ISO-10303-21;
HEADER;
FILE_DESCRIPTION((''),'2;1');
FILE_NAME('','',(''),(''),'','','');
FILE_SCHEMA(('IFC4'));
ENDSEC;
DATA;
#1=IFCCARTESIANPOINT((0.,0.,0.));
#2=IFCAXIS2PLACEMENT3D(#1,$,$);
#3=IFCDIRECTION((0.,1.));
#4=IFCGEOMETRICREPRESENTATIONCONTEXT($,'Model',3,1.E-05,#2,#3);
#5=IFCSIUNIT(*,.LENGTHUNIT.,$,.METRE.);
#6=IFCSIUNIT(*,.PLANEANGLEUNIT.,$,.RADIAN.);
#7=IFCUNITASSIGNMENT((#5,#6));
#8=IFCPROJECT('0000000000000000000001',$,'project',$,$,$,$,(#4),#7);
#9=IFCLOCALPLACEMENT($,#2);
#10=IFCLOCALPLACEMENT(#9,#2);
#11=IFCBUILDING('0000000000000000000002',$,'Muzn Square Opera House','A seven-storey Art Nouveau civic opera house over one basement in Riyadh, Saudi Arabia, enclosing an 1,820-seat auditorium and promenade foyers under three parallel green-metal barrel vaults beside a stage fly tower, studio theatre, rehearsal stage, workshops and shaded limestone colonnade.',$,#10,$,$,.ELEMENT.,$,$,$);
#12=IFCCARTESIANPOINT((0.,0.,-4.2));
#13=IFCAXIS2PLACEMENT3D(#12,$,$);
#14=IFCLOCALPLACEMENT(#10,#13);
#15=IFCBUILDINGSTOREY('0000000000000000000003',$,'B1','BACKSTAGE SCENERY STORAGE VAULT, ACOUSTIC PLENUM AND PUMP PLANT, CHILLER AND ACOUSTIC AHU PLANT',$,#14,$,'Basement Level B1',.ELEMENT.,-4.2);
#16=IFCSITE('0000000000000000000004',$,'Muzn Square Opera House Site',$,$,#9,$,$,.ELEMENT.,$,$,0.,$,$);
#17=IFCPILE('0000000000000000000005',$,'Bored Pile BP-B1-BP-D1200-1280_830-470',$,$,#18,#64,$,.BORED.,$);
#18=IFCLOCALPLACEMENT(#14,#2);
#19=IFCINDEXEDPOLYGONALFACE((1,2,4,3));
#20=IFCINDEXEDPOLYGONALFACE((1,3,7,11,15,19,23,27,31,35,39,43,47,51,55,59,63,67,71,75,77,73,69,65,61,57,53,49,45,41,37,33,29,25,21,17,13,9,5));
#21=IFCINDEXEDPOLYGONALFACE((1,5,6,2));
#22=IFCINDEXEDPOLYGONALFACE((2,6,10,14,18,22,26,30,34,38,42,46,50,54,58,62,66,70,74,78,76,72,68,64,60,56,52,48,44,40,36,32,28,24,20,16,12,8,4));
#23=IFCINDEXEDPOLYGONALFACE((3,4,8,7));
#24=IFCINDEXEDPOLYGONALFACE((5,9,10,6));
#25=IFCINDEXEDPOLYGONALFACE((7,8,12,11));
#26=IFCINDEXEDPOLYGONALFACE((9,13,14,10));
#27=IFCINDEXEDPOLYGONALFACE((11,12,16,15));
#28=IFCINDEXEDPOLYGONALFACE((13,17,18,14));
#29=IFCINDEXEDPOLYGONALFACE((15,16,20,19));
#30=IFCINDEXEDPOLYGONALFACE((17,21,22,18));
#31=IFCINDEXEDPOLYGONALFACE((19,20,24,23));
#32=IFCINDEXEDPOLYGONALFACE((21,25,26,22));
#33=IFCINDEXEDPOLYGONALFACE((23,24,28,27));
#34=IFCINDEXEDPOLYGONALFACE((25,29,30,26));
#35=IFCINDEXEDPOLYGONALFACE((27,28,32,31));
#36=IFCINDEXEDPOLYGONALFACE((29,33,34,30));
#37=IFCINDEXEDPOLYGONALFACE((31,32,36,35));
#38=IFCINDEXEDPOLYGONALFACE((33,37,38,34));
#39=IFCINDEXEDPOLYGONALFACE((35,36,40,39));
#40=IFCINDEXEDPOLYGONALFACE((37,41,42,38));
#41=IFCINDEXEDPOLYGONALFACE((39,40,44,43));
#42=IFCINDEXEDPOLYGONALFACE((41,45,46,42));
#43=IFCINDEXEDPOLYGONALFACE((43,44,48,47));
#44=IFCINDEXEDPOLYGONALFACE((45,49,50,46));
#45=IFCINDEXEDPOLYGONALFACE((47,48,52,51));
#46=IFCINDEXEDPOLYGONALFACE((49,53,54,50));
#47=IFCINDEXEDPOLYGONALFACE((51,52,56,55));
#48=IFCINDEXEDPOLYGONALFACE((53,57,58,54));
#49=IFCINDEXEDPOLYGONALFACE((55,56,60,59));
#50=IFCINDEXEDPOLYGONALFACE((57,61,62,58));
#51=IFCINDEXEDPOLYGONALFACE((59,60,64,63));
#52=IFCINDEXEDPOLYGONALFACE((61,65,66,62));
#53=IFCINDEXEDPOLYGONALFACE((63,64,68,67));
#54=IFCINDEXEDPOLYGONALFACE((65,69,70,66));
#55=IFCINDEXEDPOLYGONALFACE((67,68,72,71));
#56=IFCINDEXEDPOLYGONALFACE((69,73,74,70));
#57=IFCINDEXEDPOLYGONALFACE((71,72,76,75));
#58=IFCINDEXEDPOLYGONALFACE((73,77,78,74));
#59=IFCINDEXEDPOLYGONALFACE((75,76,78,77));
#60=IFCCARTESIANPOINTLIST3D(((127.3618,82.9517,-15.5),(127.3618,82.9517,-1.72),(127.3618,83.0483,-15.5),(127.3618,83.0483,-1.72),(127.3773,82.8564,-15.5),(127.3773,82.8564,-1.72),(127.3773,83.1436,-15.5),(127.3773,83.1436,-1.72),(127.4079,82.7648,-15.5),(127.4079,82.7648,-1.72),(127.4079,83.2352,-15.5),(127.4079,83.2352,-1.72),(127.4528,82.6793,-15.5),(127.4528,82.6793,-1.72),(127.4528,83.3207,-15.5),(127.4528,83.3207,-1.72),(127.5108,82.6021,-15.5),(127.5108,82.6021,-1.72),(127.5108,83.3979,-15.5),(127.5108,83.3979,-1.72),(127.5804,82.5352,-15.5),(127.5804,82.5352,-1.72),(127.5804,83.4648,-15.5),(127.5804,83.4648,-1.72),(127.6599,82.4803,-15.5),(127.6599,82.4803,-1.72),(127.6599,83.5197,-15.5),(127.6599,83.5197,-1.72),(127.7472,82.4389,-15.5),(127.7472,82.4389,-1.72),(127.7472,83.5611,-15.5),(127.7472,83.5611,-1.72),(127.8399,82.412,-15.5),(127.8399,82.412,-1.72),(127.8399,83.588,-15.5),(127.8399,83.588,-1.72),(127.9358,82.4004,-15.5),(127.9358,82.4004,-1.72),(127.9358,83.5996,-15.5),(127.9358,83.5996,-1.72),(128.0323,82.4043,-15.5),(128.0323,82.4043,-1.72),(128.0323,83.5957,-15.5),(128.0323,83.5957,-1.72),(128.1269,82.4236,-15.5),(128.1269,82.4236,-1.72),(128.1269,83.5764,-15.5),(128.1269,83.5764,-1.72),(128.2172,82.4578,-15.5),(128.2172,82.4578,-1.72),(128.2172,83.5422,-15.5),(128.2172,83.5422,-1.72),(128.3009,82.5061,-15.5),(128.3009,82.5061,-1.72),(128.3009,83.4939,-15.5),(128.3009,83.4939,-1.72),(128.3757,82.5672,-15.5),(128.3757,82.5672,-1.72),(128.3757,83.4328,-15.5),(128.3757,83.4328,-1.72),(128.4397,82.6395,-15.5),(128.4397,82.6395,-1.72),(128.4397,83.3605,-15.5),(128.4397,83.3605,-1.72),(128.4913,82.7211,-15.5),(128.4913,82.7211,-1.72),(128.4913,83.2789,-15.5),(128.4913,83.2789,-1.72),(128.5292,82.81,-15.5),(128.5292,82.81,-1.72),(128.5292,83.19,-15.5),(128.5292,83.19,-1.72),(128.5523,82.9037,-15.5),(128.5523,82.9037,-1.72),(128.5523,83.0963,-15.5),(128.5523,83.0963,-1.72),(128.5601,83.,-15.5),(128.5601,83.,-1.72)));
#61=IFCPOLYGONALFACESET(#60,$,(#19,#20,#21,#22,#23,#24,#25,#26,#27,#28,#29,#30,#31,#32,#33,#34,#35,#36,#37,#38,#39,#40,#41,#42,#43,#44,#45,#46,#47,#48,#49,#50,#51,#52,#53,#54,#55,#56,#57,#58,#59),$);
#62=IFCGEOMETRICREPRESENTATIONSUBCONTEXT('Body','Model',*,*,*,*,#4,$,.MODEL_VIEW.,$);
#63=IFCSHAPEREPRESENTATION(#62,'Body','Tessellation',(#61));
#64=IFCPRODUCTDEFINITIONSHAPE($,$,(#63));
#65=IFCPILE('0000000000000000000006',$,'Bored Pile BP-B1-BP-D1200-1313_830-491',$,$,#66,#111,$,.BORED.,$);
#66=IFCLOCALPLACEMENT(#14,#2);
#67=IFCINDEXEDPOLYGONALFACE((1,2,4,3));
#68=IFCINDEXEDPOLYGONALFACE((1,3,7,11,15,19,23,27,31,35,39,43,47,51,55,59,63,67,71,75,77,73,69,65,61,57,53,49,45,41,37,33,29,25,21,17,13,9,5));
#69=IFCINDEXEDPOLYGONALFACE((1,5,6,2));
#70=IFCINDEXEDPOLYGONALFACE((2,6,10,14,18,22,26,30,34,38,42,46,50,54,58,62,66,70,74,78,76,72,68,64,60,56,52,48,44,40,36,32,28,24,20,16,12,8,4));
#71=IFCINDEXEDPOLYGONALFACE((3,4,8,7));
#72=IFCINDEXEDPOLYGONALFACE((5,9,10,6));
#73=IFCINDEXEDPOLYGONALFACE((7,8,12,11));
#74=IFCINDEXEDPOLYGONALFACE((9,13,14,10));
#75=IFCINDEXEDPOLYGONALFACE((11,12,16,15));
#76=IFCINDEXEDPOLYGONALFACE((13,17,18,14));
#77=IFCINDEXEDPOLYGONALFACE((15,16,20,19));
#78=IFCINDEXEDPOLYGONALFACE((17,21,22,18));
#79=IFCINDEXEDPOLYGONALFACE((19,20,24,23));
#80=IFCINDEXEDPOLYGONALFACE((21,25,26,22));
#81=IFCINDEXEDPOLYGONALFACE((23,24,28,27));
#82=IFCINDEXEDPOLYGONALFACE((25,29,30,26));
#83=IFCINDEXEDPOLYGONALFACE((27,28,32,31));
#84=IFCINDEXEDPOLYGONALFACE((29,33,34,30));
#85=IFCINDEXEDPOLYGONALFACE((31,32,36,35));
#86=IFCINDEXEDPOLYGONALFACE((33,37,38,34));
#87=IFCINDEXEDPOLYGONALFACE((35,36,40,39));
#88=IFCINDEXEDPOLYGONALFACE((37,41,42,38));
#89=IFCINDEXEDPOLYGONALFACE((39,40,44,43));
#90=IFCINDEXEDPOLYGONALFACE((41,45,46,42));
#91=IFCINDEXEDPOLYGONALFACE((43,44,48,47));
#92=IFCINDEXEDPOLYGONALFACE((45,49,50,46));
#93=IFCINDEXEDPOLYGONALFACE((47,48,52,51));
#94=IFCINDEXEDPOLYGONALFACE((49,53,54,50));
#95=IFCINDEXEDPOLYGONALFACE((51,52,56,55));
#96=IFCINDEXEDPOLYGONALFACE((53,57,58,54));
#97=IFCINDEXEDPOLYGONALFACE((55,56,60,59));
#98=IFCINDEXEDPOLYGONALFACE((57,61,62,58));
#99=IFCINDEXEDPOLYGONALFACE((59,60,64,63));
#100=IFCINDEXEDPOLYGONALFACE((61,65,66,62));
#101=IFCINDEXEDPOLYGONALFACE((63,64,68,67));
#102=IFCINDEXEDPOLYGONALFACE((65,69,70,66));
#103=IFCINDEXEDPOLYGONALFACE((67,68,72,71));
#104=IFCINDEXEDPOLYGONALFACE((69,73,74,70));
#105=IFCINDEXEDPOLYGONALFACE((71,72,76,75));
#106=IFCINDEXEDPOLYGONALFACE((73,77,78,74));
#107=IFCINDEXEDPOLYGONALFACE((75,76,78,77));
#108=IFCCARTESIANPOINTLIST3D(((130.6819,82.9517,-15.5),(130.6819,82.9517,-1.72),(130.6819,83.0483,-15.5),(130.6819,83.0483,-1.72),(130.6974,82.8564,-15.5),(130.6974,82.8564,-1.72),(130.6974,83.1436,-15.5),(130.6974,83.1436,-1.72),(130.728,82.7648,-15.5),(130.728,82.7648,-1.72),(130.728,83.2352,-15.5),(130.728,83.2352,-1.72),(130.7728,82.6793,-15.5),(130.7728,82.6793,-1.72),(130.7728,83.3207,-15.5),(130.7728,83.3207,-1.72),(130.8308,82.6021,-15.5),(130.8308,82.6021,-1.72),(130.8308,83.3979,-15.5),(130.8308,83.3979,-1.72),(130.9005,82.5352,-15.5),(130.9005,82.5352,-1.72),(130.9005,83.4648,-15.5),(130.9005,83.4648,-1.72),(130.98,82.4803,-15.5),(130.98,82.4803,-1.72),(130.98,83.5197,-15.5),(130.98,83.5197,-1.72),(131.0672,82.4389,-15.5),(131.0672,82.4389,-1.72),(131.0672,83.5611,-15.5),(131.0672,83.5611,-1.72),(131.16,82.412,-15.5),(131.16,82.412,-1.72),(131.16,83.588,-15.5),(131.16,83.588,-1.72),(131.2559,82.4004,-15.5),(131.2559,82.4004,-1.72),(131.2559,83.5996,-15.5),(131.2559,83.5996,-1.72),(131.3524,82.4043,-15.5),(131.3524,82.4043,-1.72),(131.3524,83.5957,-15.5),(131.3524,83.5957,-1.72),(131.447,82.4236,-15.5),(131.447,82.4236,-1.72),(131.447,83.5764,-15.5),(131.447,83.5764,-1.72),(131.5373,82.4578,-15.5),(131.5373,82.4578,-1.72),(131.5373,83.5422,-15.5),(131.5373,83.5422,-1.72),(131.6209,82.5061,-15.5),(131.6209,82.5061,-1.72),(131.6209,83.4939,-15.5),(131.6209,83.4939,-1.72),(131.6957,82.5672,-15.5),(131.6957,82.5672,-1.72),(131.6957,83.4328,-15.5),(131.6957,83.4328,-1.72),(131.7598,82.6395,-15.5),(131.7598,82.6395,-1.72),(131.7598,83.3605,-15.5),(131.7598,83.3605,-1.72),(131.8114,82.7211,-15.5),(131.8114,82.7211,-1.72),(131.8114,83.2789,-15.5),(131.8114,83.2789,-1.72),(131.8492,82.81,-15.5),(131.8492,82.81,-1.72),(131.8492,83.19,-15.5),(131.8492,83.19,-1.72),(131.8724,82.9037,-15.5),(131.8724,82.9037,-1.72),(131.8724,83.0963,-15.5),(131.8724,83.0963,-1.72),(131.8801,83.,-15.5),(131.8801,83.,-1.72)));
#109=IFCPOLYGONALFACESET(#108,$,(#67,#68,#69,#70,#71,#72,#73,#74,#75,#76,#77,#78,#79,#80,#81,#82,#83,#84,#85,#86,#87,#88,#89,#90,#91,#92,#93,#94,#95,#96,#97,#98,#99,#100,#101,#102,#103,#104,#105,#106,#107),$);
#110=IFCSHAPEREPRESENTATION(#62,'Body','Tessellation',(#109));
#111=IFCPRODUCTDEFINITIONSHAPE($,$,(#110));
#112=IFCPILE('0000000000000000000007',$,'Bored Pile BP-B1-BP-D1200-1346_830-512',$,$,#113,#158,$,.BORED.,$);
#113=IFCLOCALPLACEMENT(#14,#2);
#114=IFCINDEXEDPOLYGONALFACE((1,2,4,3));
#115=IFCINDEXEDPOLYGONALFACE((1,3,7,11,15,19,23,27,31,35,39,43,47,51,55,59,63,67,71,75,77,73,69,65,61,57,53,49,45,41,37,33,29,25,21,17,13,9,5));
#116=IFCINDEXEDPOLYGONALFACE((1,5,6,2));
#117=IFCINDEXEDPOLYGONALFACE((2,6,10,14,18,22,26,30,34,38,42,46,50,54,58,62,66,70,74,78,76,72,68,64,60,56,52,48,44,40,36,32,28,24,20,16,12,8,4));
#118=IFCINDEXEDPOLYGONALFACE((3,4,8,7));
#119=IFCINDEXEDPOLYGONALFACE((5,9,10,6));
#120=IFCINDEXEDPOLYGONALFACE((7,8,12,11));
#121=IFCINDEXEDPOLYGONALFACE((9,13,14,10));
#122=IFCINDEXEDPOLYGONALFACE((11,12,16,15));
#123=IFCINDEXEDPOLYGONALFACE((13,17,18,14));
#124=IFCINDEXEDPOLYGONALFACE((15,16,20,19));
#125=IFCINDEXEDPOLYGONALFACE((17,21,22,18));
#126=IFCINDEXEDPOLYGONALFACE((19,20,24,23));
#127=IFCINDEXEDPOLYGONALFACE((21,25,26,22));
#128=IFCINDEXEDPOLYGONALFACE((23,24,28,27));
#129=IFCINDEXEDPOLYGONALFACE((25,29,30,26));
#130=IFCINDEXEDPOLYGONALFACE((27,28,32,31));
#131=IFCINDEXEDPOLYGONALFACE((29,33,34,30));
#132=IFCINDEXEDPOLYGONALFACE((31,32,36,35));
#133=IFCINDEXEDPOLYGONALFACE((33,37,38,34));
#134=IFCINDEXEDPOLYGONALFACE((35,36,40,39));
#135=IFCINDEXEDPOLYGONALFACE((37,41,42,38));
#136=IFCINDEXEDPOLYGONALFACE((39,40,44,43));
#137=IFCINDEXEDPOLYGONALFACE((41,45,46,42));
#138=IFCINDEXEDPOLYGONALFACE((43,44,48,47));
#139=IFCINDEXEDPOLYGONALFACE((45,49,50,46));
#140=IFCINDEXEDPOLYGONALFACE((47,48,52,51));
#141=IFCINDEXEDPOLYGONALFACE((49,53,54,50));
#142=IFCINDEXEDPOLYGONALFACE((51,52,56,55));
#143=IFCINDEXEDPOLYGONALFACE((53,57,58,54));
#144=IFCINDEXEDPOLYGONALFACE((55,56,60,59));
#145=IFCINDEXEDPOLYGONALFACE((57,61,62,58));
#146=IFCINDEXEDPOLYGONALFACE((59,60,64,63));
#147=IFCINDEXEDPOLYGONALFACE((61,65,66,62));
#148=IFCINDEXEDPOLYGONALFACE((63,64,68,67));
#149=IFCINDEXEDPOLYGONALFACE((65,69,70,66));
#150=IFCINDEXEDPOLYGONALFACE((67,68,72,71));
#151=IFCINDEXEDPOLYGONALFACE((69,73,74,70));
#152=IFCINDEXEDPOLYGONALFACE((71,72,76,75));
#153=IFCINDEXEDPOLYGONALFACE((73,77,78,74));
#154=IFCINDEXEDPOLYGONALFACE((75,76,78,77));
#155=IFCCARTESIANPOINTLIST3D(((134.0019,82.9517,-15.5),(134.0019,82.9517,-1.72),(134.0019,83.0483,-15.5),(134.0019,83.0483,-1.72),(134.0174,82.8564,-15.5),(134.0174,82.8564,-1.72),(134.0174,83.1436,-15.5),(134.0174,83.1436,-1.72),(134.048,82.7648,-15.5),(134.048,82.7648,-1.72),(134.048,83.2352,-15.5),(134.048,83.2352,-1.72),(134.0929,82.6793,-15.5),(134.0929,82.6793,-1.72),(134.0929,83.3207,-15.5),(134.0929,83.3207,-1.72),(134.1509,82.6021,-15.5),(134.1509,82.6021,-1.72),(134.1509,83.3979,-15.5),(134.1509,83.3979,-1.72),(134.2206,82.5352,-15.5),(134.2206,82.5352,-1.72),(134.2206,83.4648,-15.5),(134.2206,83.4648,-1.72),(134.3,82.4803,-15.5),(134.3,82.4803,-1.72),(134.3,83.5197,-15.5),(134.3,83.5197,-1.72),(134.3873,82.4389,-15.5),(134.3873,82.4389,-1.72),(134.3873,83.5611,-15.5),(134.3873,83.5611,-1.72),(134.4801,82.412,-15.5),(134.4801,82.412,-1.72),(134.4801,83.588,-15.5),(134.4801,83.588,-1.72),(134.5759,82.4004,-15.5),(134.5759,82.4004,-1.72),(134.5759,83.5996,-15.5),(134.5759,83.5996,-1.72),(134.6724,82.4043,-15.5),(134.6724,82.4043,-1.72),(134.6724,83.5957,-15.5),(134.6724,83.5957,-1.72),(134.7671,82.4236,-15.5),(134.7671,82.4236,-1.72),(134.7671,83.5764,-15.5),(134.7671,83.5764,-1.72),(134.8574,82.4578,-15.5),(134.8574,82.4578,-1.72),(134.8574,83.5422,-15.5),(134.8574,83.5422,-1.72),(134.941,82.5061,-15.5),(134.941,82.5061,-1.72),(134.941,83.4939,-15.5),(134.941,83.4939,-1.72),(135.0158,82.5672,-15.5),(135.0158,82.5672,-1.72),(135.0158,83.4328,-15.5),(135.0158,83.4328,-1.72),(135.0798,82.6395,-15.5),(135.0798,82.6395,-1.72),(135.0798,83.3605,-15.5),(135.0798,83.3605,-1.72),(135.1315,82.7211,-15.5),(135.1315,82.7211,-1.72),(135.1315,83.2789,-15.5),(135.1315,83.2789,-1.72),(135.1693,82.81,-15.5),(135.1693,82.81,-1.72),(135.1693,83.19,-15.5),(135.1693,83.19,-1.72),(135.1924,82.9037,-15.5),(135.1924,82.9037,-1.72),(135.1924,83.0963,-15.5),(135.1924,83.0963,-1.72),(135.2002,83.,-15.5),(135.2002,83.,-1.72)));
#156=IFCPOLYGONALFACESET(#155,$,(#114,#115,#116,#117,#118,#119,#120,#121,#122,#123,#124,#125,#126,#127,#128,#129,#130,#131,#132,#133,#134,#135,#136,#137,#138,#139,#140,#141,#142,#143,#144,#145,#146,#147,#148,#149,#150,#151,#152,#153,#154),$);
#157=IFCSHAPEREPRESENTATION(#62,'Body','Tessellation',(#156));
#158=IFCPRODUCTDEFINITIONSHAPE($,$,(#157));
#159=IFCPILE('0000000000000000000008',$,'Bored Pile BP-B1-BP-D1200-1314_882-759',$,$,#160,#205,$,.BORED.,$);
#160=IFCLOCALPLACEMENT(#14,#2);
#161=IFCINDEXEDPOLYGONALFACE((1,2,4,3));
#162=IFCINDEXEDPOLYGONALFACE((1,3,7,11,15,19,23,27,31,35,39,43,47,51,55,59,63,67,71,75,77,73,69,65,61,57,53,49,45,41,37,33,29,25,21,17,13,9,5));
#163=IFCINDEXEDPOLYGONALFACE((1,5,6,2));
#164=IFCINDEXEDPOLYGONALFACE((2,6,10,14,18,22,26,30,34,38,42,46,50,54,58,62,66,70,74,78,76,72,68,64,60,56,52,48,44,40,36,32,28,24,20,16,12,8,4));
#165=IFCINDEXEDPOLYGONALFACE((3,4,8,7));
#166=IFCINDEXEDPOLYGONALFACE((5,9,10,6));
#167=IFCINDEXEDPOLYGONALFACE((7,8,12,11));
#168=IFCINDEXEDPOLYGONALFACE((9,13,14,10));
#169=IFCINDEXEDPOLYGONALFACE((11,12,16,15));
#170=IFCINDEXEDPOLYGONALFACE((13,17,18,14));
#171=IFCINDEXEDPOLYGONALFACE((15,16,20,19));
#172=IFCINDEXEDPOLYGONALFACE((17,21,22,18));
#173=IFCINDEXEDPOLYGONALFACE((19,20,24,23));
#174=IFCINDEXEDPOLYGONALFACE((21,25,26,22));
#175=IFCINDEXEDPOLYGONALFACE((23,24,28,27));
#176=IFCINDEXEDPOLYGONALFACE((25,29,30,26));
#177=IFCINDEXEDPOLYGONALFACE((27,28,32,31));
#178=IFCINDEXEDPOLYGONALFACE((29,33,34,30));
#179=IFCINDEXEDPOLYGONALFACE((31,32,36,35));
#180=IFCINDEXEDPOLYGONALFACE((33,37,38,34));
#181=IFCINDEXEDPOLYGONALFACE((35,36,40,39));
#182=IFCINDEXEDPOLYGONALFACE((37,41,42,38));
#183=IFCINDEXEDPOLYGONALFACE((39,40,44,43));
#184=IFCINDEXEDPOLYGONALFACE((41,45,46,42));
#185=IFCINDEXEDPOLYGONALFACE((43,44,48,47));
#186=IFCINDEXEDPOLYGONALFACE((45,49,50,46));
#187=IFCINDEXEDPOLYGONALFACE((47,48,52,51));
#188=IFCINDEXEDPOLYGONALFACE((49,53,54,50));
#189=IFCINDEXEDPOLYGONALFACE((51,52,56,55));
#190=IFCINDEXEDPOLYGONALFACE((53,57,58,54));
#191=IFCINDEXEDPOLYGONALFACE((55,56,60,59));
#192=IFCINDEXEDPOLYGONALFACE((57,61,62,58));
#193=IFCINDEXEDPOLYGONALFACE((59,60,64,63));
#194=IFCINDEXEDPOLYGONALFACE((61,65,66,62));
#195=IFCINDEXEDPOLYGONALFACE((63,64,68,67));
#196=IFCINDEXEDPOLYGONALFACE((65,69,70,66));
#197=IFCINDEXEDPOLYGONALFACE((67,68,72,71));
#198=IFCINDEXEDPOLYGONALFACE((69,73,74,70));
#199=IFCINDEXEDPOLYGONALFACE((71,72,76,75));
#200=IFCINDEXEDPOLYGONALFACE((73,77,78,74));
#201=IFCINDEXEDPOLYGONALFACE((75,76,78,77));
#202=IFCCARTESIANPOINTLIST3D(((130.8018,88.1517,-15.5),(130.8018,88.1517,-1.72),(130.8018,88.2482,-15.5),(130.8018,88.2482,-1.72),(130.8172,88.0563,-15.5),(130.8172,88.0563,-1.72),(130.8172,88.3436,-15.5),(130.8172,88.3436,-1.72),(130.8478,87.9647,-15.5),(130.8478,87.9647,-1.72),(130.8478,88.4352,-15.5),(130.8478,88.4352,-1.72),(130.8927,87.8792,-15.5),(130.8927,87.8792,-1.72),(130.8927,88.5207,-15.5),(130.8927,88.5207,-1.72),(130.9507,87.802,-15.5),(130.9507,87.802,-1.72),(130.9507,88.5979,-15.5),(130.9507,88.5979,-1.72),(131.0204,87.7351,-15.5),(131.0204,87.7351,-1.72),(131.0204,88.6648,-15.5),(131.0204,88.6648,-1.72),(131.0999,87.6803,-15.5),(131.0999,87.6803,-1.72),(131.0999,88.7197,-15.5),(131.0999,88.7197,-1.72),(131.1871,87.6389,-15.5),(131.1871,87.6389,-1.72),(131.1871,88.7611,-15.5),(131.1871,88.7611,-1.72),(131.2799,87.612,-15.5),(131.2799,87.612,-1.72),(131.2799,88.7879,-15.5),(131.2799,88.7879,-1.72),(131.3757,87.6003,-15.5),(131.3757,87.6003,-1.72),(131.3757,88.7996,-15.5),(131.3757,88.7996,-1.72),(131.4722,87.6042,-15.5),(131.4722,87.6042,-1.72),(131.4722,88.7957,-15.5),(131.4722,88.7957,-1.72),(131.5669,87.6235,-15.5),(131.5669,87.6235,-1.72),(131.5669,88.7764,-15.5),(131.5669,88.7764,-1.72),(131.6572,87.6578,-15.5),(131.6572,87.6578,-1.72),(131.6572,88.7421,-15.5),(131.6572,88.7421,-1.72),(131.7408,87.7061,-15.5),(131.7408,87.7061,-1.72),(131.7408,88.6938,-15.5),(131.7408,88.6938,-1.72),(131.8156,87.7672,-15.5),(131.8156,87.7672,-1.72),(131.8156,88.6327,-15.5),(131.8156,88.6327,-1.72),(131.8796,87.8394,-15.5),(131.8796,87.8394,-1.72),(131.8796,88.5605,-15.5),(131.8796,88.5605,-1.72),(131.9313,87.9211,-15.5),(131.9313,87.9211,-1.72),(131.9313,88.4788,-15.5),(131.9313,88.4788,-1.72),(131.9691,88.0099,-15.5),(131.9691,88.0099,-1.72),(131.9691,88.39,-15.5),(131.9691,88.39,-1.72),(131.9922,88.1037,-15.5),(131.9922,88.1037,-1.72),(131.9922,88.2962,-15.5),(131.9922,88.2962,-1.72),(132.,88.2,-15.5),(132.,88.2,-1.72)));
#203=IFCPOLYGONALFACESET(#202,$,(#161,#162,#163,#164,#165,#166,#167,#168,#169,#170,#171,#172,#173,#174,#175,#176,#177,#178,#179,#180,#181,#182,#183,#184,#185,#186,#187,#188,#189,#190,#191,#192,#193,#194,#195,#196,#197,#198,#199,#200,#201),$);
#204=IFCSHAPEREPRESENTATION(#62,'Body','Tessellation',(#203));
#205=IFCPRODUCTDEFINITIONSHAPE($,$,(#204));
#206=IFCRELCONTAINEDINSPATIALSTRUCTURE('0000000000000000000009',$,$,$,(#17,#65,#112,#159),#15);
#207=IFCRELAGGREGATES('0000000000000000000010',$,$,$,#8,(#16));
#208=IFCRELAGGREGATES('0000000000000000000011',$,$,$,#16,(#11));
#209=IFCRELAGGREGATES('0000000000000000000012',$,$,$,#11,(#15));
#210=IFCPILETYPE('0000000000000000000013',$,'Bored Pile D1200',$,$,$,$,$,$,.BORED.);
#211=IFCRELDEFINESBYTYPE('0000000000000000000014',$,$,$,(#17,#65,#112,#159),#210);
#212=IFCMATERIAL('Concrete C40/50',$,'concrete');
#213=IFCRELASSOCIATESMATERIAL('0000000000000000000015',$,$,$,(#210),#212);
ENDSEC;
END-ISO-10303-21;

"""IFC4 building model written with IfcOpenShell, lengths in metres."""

from ifc_helpers import new_model, si_unit, direction, frame, origin, origin_2d, place, context, subcontext, project, spatial, circle, extrude, material, material_profile, profile_set, type_object, element, save


model = new_model("IFC4")

# Units and contexts
model_context = context("Model", 3, precision=1e-05, world=origin(), true_north=direction((0.0, 1.0)))
body_context = subcontext(model_context, "Body", "Model", "MODEL_VIEW")
ifc_project = project(units=[si_unit("LENGTHUNIT", "METRE"), si_unit("PLANEANGLEUNIT", "RADIAN")], contexts=[model_context])

# Site, building, storey
site_placement = place(None, origin())
site = spatial("IfcSite", under=ifc_project, at=site_placement, Name="Muzn Square Opera House Site", CompositionType="ELEMENT", RefElevation=0.0)
building_placement = place(site_placement, origin())
building = spatial("IfcBuilding", under=site, at=building_placement, Name="Muzn Square Opera House", Description="A seven-storey Art Nouveau civic opera house over one basement in Riyadh, Saudi Arabia, enclosing an 1,820-seat auditorium and promenade foyers under three parallel green-metal barrel vaults beside a stage fly tower, studio theatre, rehearsal stage, workshops and shaded limestone colonnade.", CompositionType="ELEMENT")
storey_placement = place(building_placement, frame((0.0, 0.0, -4.2)))
storey = spatial("IfcBuildingStorey", under=building, at=storey_placement, Name="B1", Description="BACKSTAGE SCENERY STORAGE VAULT, ACOUSTIC PLENUM AND PUMP PLANT, CHILLER AND ACOUSTIC AHU PLANT", LongName="Basement Level B1", CompositionType="ELEMENT", Elevation=-4.2)

# Piles
ifc_material_1 = material(Name="Concrete C40/50", Category="concrete")
ifc_material_profile_1 = material_profile(ifc_material_1, circle(Radius=0.6001, at=origin_2d()), Name="BORED PILE D1200", Category="concrete")
ifc_profile_set_1 = profile_set([ifc_material_profile_1], Name="Concrete C40/50")
pile_type = type_object("IfcPileType", Name="Bored Pile D1200", PredefinedType="BORED", material=ifc_profile_set_1)
for number, where, z_axis, x_axis, name in (
    (1, (127.96, 83.0, -1.72), (0.0, 0.0, -1.0), (1.0, 0.0, 0.0), "Bored Pile BP-B1-BP-D1200-1280_830-470"),
    (2, (131.28, 83.0, -1.72), (0.0, 0.0, -1.0), (1.0, 0.0, 0.0), "Bored Pile BP-B1-BP-D1200-1313_830-491"),
    (3, (134.6001, 83.0, -1.72), (0.0, 0.0, -1.0), (1.0, 0.0, 0.0), "Bored Pile BP-B1-BP-D1200-1346_830-512"),
    (4, (131.3999, 88.2, -1.72), (0.0, 0.0, -1.0), (1.0, 0.0, 0.0), "Bored Pile BP-B1-BP-D1200-1314_882-759"),
):
    element("IfcPile", number, at=place(storey_placement, frame(where, z_axis=z_axis, x_axis=x_axis)), inside=storey, type_object=pile_type, Name=name, PredefinedType="BORED", context=body_context, shape_type="SweptSolid", body=[
        extrude(circle(Radius=0.6001, at=origin_2d()), origin(), (0.0, 0.0, 1.0), 13.78),
    ])

save(model, "model.ifc")
